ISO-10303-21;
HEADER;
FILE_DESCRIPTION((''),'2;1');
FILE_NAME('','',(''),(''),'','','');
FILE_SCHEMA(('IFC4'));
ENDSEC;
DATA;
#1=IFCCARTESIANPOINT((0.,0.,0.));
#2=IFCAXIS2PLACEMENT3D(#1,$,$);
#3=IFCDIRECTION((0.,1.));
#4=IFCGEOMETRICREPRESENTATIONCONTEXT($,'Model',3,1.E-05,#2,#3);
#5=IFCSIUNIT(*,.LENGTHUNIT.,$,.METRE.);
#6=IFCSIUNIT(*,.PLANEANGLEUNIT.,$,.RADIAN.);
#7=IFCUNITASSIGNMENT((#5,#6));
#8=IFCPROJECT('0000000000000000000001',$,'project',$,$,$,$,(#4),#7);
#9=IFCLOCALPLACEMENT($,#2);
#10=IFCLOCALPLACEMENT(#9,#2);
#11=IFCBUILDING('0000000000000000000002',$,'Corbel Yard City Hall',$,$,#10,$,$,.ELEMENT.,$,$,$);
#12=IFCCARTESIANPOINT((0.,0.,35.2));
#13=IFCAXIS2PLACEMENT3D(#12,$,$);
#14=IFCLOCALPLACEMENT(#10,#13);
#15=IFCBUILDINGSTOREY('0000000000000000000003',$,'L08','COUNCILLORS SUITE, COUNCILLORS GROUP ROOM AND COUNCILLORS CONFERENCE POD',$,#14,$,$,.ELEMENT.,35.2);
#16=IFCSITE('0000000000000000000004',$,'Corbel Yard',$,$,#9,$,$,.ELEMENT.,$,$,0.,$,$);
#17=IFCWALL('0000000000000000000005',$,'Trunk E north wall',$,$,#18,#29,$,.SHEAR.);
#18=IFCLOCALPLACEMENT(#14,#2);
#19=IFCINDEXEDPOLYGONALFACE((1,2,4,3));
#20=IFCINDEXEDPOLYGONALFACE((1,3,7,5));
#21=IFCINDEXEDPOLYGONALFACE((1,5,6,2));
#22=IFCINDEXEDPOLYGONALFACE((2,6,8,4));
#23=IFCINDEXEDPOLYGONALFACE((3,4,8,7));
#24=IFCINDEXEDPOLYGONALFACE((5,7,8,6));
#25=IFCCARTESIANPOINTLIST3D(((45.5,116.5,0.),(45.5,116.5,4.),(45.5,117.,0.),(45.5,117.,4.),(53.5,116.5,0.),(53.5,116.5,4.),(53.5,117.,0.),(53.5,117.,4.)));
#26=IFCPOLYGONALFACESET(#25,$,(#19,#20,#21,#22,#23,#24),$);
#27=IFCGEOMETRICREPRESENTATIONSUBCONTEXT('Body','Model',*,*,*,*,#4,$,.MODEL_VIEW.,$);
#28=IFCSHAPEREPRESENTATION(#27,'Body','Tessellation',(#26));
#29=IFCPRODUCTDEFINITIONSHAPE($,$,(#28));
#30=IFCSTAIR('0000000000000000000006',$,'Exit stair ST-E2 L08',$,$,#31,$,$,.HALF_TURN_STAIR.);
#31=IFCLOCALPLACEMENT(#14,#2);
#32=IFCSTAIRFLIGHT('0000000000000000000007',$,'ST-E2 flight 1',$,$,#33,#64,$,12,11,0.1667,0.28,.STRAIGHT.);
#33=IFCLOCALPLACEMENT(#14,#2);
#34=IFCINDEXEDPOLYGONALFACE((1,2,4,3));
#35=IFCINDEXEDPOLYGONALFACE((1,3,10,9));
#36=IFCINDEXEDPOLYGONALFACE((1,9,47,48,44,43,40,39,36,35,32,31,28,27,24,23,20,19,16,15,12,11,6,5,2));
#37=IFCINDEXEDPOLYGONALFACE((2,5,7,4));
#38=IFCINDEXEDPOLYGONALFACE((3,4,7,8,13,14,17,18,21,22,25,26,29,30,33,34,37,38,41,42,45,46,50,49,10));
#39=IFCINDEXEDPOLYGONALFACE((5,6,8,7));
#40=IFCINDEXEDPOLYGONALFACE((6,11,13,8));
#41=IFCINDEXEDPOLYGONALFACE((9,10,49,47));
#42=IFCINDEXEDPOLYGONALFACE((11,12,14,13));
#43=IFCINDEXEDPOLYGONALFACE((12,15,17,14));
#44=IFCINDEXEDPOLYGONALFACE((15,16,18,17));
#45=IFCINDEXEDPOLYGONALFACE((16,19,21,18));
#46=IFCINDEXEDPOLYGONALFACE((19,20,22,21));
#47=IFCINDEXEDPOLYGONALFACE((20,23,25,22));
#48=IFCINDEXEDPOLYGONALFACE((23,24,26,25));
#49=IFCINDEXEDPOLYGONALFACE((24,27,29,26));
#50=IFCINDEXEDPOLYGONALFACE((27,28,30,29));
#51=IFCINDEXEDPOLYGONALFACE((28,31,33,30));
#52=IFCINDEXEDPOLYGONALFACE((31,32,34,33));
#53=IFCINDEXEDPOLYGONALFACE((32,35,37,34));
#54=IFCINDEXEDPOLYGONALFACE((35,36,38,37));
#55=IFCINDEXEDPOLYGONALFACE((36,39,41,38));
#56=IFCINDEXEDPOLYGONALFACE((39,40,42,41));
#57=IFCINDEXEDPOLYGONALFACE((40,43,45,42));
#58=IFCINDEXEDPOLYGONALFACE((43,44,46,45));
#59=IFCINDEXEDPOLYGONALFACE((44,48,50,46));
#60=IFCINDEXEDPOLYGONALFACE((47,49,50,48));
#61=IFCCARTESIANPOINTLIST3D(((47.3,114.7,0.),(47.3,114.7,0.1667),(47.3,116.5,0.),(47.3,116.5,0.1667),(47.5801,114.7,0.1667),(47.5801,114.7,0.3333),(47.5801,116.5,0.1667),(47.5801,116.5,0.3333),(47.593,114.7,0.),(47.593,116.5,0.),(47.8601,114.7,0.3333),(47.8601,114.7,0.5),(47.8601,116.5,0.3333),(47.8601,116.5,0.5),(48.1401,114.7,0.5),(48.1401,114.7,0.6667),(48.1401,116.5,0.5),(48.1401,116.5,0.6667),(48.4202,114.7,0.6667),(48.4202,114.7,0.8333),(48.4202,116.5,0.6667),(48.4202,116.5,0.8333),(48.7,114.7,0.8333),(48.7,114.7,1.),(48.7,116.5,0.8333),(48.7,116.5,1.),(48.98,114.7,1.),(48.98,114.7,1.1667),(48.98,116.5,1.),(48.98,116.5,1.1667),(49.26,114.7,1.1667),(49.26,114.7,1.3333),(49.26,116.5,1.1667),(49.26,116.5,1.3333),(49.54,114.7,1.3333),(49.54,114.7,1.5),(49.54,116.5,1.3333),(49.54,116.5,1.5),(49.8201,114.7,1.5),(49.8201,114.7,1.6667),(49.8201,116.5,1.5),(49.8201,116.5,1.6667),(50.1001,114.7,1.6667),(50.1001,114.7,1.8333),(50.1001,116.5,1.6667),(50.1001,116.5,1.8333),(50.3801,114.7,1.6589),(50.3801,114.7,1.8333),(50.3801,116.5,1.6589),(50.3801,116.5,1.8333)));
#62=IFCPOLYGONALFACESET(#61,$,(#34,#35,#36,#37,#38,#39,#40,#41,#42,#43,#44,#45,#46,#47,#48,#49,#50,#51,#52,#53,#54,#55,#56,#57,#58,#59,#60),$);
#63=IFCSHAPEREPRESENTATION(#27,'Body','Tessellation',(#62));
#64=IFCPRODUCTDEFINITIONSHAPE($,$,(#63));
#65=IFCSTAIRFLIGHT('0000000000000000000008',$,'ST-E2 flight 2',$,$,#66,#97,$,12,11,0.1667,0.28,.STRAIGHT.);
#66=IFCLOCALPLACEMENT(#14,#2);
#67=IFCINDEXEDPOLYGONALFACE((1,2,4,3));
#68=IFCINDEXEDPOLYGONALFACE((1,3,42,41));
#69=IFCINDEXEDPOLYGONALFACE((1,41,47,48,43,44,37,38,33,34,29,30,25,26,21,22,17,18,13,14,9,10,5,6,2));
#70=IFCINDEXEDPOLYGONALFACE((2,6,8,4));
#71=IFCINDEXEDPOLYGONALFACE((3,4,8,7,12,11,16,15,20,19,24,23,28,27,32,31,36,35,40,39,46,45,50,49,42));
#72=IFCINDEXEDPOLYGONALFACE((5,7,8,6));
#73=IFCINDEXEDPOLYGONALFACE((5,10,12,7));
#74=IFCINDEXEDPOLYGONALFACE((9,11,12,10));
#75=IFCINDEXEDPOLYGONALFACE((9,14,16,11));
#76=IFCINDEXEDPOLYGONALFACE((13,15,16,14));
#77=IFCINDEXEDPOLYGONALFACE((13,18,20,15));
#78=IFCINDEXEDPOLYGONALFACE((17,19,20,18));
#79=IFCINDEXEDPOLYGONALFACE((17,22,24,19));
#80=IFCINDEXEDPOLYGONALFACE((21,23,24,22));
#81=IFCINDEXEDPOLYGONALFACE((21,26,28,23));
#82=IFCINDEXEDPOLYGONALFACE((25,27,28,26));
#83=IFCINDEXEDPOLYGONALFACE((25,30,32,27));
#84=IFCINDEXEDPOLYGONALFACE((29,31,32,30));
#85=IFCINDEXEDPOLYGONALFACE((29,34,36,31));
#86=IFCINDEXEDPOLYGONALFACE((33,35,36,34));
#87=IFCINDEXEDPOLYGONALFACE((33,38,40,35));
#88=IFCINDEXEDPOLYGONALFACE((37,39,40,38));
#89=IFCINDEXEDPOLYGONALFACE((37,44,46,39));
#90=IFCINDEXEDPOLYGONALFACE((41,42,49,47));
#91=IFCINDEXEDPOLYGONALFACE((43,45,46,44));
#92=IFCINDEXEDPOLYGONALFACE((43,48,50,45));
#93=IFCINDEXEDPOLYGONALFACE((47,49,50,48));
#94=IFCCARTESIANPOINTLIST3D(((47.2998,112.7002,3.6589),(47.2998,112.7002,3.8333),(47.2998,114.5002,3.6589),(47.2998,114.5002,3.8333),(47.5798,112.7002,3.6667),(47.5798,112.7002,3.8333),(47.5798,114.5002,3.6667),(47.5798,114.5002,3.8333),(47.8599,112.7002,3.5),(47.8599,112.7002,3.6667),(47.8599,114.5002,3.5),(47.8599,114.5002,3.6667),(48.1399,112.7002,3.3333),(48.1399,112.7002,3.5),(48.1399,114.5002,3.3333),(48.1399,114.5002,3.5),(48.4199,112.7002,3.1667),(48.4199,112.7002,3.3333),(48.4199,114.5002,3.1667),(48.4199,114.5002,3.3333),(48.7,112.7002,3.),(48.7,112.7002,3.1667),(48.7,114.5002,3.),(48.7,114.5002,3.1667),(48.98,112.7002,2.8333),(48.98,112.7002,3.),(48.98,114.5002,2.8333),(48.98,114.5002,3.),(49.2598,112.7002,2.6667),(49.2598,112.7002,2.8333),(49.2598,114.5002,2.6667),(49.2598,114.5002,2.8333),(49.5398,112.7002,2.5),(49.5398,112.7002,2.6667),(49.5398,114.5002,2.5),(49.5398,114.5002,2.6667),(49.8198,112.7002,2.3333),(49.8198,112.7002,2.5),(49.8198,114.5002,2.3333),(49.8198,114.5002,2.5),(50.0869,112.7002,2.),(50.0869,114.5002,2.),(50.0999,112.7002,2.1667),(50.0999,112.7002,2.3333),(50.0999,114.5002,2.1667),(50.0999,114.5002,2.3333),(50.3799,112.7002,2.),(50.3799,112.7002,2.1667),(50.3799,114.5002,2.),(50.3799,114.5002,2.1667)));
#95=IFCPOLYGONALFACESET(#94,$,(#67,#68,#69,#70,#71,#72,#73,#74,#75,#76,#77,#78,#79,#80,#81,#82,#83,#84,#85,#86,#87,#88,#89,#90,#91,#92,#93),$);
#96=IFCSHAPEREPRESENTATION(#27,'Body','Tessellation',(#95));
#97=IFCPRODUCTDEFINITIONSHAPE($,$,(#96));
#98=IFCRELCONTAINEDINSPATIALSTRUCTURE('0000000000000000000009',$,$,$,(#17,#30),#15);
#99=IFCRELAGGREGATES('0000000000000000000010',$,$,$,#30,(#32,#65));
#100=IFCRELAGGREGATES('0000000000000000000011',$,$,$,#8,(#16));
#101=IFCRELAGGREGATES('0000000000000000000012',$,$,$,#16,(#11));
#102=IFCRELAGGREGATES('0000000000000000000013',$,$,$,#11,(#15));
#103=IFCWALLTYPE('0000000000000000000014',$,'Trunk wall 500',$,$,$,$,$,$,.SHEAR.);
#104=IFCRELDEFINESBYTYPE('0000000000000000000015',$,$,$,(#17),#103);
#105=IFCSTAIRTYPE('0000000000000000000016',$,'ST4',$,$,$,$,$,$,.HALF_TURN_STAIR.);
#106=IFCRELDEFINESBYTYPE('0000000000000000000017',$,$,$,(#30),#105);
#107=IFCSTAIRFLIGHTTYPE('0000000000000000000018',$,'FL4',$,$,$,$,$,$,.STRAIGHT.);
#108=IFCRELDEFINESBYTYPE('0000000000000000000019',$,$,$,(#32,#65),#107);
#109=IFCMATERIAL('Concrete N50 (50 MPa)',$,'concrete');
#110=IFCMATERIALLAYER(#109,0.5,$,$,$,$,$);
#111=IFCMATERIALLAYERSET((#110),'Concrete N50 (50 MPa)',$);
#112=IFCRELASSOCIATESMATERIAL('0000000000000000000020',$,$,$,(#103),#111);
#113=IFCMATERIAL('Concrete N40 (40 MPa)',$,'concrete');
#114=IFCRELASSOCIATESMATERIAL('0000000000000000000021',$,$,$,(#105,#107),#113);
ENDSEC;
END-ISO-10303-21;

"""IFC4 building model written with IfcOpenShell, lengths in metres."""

from ifc_helpers import new_model, si_unit, direction, frame, frame_2d, origin, place, context, subcontext, project, spatial, polyline, rectangle, outline, extrude, material, layer, layer_set, type_object, element, aggregate, save


model = new_model("IFC4")

# Units and contexts
model_context = context("Model", 3, precision=1e-05, world=origin(), true_north=direction((0.0, 1.0)))
body_context = subcontext(model_context, "Body", "Model", "MODEL_VIEW")
ifc_project = project(units=[si_unit("LENGTHUNIT", "METRE"), si_unit("PLANEANGLEUNIT", "RADIAN")], contexts=[model_context])

# Site, building, storey
site_placement = place(None, origin())
site = spatial("IfcSite", under=ifc_project, at=site_placement, Name="Corbel Yard", CompositionType="ELEMENT", RefElevation=0.0)
building_placement = place(site_placement, origin())
building = spatial("IfcBuilding", under=site, at=building_placement, Name="Corbel Yard City Hall", CompositionType="ELEMENT")
storey_placement = place(building_placement, frame((0.0, 0.0, 35.2)))
storey = spatial("IfcBuildingStorey", under=building, at=storey_placement, Name="L08", Description="COUNCILLORS SUITE, COUNCILLORS GROUP ROOM AND COUNCILLORS CONFERENCE POD", CompositionType="ELEMENT", Elevation=35.2)

# Shared definitions
ifc_material_1 = material(Name="Concrete N40 (40 MPa)", Category="concrete")

# Wall
ifc_material_2 = material(Name="Concrete N50 (50 MPa)", Category="concrete")
ifc_layer_1 = layer(ifc_material_2, 0.5)
ifc_layer_set_1 = layer_set([ifc_layer_1], Name="Concrete N50 (50 MPa)")
wall_type_1 = type_object("IfcWallType", Name="Trunk wall 500", PredefinedType="SHEAR", material=ifc_layer_set_1)
wall_1_placement = place(storey_placement, frame((45.5, 116.75, 0.0), z_axis=(0.0, 0.0, 1.0), x_axis=(1.0, 0.0, 0.0)))
element("IfcWall", 1, at=wall_1_placement, inside=storey, type_object=wall_type_1, Name="Trunk E north wall", PredefinedType="SHEAR", context=body_context, shape_type="SweptSolid", body=[
    extrude(rectangle(XDim=8.0, YDim=0.5, at=frame_2d((4.0, 0.0))), origin(), (0.0, 0.0, 1.0), 4.0),
])

# Stair, stair flights
stair_type = type_object("IfcStairType", Name="ST4", PredefinedType="HALF_TURN_STAIR", material=ifc_material_1)
stair_placement = place(storey_placement, origin())
stair = element("IfcStair", 2, at=stair_placement, inside=storey, type_object=stair_type, Name="Exit stair ST-E2 L08", PredefinedType="HALF_TURN_STAIR")
stair_flight_type = type_object("IfcStairFlightType", Name="FL4", PredefinedType="STRAIGHT", material=ifc_material_1)
stair_flight_1_placement = place(storey_placement, frame((47.3, 115.6001, 0.0), z_axis=(0.0, 0.0, 1.0), x_axis=(1.0, 0.0, 0.0)))
stair_flight_1 = element("IfcStairFlight", 3, at=stair_flight_1_placement, type_object=stair_flight_type, Name="ST-E2 flight 1", NumberOfRisers=12, NumberOfTreads=11, PredefinedType="STRAIGHT", RiserHeight=0.1667, TreadLength=0.28, context=body_context, shape_type="SweptSolid", body=[
    extrude(outline(polyline([(0.0, 0.0), (0.0, 0.1667), (0.28, 0.1667), (0.28, 0.3333), (0.5601, 0.3333), (0.5601, 0.5), (0.8401, 0.5), (0.8401, 0.6667), (1.1201, 0.6667), (1.1201, 0.8333), (1.3999, 0.8333), (1.3999, 1.0), (1.6799, 1.0), (1.6799, 1.1667), (1.96, 1.1667), (1.96, 1.3333), (2.24, 1.3333), (2.24, 1.5), (2.52, 1.5), (2.52, 1.6667), (2.8, 1.6667), (2.8, 1.8333), (3.0801, 1.8333), (3.0801, 2.0), (3.0801, 1.6589), (0.293, 0.0), (0.0, 0.0)])), frame((0.0, 0.8999, 0.0), z_axis=(0.0, -1.0, 0.0), x_axis=(1.0, 0.0, 0.0)), (0.0, 0.0, 1.0), 1.8),
])
stair_flight_2_placement = place(storey_placement, frame((50.3799, 113.6001, 2.0), z_axis=(0.0, 0.0, 1.0), x_axis=(-1.0, 0.0, 0.0)))
stair_flight_2 = element("IfcStairFlight", 4, at=stair_flight_2_placement, type_object=stair_flight_type, Name="ST-E2 flight 2", NumberOfRisers=12, NumberOfTreads=11, PredefinedType="STRAIGHT", RiserHeight=0.1667, TreadLength=0.28, context=body_context, shape_type="SweptSolid", body=[
    extrude(outline(polyline([(0.0, 0.0), (0.0, 0.1667), (0.28, 0.1667), (0.28, 0.3333), (0.5601, 0.3333), (0.5601, 0.5), (0.8401, 0.5), (0.8401, 0.6667), (1.1201, 0.6667), (1.1201, 0.8333), (1.3999, 0.8333), (1.3999, 1.0), (1.6799, 1.0), (1.6799, 1.1667), (1.96, 1.1667), (1.96, 1.3333), (2.24, 1.3333), (2.24, 1.5), (2.52, 1.5), (2.52, 1.6667), (2.8, 1.6667), (2.8, 1.8333), (3.0801, 1.8333), (3.0801, 2.0), (3.0801, 1.6589), (0.293, 0.0), (0.0, 0.0)])), frame((0.0, 0.8999, 0.0), z_axis=(0.0, -1.0, 0.0), x_axis=(1.0, 0.0, 0.0)), (0.0, 0.0, 1.0), 1.8),
])
aggregate(stair, [stair_flight_1, stair_flight_2])

save(model, "model.ifc")
